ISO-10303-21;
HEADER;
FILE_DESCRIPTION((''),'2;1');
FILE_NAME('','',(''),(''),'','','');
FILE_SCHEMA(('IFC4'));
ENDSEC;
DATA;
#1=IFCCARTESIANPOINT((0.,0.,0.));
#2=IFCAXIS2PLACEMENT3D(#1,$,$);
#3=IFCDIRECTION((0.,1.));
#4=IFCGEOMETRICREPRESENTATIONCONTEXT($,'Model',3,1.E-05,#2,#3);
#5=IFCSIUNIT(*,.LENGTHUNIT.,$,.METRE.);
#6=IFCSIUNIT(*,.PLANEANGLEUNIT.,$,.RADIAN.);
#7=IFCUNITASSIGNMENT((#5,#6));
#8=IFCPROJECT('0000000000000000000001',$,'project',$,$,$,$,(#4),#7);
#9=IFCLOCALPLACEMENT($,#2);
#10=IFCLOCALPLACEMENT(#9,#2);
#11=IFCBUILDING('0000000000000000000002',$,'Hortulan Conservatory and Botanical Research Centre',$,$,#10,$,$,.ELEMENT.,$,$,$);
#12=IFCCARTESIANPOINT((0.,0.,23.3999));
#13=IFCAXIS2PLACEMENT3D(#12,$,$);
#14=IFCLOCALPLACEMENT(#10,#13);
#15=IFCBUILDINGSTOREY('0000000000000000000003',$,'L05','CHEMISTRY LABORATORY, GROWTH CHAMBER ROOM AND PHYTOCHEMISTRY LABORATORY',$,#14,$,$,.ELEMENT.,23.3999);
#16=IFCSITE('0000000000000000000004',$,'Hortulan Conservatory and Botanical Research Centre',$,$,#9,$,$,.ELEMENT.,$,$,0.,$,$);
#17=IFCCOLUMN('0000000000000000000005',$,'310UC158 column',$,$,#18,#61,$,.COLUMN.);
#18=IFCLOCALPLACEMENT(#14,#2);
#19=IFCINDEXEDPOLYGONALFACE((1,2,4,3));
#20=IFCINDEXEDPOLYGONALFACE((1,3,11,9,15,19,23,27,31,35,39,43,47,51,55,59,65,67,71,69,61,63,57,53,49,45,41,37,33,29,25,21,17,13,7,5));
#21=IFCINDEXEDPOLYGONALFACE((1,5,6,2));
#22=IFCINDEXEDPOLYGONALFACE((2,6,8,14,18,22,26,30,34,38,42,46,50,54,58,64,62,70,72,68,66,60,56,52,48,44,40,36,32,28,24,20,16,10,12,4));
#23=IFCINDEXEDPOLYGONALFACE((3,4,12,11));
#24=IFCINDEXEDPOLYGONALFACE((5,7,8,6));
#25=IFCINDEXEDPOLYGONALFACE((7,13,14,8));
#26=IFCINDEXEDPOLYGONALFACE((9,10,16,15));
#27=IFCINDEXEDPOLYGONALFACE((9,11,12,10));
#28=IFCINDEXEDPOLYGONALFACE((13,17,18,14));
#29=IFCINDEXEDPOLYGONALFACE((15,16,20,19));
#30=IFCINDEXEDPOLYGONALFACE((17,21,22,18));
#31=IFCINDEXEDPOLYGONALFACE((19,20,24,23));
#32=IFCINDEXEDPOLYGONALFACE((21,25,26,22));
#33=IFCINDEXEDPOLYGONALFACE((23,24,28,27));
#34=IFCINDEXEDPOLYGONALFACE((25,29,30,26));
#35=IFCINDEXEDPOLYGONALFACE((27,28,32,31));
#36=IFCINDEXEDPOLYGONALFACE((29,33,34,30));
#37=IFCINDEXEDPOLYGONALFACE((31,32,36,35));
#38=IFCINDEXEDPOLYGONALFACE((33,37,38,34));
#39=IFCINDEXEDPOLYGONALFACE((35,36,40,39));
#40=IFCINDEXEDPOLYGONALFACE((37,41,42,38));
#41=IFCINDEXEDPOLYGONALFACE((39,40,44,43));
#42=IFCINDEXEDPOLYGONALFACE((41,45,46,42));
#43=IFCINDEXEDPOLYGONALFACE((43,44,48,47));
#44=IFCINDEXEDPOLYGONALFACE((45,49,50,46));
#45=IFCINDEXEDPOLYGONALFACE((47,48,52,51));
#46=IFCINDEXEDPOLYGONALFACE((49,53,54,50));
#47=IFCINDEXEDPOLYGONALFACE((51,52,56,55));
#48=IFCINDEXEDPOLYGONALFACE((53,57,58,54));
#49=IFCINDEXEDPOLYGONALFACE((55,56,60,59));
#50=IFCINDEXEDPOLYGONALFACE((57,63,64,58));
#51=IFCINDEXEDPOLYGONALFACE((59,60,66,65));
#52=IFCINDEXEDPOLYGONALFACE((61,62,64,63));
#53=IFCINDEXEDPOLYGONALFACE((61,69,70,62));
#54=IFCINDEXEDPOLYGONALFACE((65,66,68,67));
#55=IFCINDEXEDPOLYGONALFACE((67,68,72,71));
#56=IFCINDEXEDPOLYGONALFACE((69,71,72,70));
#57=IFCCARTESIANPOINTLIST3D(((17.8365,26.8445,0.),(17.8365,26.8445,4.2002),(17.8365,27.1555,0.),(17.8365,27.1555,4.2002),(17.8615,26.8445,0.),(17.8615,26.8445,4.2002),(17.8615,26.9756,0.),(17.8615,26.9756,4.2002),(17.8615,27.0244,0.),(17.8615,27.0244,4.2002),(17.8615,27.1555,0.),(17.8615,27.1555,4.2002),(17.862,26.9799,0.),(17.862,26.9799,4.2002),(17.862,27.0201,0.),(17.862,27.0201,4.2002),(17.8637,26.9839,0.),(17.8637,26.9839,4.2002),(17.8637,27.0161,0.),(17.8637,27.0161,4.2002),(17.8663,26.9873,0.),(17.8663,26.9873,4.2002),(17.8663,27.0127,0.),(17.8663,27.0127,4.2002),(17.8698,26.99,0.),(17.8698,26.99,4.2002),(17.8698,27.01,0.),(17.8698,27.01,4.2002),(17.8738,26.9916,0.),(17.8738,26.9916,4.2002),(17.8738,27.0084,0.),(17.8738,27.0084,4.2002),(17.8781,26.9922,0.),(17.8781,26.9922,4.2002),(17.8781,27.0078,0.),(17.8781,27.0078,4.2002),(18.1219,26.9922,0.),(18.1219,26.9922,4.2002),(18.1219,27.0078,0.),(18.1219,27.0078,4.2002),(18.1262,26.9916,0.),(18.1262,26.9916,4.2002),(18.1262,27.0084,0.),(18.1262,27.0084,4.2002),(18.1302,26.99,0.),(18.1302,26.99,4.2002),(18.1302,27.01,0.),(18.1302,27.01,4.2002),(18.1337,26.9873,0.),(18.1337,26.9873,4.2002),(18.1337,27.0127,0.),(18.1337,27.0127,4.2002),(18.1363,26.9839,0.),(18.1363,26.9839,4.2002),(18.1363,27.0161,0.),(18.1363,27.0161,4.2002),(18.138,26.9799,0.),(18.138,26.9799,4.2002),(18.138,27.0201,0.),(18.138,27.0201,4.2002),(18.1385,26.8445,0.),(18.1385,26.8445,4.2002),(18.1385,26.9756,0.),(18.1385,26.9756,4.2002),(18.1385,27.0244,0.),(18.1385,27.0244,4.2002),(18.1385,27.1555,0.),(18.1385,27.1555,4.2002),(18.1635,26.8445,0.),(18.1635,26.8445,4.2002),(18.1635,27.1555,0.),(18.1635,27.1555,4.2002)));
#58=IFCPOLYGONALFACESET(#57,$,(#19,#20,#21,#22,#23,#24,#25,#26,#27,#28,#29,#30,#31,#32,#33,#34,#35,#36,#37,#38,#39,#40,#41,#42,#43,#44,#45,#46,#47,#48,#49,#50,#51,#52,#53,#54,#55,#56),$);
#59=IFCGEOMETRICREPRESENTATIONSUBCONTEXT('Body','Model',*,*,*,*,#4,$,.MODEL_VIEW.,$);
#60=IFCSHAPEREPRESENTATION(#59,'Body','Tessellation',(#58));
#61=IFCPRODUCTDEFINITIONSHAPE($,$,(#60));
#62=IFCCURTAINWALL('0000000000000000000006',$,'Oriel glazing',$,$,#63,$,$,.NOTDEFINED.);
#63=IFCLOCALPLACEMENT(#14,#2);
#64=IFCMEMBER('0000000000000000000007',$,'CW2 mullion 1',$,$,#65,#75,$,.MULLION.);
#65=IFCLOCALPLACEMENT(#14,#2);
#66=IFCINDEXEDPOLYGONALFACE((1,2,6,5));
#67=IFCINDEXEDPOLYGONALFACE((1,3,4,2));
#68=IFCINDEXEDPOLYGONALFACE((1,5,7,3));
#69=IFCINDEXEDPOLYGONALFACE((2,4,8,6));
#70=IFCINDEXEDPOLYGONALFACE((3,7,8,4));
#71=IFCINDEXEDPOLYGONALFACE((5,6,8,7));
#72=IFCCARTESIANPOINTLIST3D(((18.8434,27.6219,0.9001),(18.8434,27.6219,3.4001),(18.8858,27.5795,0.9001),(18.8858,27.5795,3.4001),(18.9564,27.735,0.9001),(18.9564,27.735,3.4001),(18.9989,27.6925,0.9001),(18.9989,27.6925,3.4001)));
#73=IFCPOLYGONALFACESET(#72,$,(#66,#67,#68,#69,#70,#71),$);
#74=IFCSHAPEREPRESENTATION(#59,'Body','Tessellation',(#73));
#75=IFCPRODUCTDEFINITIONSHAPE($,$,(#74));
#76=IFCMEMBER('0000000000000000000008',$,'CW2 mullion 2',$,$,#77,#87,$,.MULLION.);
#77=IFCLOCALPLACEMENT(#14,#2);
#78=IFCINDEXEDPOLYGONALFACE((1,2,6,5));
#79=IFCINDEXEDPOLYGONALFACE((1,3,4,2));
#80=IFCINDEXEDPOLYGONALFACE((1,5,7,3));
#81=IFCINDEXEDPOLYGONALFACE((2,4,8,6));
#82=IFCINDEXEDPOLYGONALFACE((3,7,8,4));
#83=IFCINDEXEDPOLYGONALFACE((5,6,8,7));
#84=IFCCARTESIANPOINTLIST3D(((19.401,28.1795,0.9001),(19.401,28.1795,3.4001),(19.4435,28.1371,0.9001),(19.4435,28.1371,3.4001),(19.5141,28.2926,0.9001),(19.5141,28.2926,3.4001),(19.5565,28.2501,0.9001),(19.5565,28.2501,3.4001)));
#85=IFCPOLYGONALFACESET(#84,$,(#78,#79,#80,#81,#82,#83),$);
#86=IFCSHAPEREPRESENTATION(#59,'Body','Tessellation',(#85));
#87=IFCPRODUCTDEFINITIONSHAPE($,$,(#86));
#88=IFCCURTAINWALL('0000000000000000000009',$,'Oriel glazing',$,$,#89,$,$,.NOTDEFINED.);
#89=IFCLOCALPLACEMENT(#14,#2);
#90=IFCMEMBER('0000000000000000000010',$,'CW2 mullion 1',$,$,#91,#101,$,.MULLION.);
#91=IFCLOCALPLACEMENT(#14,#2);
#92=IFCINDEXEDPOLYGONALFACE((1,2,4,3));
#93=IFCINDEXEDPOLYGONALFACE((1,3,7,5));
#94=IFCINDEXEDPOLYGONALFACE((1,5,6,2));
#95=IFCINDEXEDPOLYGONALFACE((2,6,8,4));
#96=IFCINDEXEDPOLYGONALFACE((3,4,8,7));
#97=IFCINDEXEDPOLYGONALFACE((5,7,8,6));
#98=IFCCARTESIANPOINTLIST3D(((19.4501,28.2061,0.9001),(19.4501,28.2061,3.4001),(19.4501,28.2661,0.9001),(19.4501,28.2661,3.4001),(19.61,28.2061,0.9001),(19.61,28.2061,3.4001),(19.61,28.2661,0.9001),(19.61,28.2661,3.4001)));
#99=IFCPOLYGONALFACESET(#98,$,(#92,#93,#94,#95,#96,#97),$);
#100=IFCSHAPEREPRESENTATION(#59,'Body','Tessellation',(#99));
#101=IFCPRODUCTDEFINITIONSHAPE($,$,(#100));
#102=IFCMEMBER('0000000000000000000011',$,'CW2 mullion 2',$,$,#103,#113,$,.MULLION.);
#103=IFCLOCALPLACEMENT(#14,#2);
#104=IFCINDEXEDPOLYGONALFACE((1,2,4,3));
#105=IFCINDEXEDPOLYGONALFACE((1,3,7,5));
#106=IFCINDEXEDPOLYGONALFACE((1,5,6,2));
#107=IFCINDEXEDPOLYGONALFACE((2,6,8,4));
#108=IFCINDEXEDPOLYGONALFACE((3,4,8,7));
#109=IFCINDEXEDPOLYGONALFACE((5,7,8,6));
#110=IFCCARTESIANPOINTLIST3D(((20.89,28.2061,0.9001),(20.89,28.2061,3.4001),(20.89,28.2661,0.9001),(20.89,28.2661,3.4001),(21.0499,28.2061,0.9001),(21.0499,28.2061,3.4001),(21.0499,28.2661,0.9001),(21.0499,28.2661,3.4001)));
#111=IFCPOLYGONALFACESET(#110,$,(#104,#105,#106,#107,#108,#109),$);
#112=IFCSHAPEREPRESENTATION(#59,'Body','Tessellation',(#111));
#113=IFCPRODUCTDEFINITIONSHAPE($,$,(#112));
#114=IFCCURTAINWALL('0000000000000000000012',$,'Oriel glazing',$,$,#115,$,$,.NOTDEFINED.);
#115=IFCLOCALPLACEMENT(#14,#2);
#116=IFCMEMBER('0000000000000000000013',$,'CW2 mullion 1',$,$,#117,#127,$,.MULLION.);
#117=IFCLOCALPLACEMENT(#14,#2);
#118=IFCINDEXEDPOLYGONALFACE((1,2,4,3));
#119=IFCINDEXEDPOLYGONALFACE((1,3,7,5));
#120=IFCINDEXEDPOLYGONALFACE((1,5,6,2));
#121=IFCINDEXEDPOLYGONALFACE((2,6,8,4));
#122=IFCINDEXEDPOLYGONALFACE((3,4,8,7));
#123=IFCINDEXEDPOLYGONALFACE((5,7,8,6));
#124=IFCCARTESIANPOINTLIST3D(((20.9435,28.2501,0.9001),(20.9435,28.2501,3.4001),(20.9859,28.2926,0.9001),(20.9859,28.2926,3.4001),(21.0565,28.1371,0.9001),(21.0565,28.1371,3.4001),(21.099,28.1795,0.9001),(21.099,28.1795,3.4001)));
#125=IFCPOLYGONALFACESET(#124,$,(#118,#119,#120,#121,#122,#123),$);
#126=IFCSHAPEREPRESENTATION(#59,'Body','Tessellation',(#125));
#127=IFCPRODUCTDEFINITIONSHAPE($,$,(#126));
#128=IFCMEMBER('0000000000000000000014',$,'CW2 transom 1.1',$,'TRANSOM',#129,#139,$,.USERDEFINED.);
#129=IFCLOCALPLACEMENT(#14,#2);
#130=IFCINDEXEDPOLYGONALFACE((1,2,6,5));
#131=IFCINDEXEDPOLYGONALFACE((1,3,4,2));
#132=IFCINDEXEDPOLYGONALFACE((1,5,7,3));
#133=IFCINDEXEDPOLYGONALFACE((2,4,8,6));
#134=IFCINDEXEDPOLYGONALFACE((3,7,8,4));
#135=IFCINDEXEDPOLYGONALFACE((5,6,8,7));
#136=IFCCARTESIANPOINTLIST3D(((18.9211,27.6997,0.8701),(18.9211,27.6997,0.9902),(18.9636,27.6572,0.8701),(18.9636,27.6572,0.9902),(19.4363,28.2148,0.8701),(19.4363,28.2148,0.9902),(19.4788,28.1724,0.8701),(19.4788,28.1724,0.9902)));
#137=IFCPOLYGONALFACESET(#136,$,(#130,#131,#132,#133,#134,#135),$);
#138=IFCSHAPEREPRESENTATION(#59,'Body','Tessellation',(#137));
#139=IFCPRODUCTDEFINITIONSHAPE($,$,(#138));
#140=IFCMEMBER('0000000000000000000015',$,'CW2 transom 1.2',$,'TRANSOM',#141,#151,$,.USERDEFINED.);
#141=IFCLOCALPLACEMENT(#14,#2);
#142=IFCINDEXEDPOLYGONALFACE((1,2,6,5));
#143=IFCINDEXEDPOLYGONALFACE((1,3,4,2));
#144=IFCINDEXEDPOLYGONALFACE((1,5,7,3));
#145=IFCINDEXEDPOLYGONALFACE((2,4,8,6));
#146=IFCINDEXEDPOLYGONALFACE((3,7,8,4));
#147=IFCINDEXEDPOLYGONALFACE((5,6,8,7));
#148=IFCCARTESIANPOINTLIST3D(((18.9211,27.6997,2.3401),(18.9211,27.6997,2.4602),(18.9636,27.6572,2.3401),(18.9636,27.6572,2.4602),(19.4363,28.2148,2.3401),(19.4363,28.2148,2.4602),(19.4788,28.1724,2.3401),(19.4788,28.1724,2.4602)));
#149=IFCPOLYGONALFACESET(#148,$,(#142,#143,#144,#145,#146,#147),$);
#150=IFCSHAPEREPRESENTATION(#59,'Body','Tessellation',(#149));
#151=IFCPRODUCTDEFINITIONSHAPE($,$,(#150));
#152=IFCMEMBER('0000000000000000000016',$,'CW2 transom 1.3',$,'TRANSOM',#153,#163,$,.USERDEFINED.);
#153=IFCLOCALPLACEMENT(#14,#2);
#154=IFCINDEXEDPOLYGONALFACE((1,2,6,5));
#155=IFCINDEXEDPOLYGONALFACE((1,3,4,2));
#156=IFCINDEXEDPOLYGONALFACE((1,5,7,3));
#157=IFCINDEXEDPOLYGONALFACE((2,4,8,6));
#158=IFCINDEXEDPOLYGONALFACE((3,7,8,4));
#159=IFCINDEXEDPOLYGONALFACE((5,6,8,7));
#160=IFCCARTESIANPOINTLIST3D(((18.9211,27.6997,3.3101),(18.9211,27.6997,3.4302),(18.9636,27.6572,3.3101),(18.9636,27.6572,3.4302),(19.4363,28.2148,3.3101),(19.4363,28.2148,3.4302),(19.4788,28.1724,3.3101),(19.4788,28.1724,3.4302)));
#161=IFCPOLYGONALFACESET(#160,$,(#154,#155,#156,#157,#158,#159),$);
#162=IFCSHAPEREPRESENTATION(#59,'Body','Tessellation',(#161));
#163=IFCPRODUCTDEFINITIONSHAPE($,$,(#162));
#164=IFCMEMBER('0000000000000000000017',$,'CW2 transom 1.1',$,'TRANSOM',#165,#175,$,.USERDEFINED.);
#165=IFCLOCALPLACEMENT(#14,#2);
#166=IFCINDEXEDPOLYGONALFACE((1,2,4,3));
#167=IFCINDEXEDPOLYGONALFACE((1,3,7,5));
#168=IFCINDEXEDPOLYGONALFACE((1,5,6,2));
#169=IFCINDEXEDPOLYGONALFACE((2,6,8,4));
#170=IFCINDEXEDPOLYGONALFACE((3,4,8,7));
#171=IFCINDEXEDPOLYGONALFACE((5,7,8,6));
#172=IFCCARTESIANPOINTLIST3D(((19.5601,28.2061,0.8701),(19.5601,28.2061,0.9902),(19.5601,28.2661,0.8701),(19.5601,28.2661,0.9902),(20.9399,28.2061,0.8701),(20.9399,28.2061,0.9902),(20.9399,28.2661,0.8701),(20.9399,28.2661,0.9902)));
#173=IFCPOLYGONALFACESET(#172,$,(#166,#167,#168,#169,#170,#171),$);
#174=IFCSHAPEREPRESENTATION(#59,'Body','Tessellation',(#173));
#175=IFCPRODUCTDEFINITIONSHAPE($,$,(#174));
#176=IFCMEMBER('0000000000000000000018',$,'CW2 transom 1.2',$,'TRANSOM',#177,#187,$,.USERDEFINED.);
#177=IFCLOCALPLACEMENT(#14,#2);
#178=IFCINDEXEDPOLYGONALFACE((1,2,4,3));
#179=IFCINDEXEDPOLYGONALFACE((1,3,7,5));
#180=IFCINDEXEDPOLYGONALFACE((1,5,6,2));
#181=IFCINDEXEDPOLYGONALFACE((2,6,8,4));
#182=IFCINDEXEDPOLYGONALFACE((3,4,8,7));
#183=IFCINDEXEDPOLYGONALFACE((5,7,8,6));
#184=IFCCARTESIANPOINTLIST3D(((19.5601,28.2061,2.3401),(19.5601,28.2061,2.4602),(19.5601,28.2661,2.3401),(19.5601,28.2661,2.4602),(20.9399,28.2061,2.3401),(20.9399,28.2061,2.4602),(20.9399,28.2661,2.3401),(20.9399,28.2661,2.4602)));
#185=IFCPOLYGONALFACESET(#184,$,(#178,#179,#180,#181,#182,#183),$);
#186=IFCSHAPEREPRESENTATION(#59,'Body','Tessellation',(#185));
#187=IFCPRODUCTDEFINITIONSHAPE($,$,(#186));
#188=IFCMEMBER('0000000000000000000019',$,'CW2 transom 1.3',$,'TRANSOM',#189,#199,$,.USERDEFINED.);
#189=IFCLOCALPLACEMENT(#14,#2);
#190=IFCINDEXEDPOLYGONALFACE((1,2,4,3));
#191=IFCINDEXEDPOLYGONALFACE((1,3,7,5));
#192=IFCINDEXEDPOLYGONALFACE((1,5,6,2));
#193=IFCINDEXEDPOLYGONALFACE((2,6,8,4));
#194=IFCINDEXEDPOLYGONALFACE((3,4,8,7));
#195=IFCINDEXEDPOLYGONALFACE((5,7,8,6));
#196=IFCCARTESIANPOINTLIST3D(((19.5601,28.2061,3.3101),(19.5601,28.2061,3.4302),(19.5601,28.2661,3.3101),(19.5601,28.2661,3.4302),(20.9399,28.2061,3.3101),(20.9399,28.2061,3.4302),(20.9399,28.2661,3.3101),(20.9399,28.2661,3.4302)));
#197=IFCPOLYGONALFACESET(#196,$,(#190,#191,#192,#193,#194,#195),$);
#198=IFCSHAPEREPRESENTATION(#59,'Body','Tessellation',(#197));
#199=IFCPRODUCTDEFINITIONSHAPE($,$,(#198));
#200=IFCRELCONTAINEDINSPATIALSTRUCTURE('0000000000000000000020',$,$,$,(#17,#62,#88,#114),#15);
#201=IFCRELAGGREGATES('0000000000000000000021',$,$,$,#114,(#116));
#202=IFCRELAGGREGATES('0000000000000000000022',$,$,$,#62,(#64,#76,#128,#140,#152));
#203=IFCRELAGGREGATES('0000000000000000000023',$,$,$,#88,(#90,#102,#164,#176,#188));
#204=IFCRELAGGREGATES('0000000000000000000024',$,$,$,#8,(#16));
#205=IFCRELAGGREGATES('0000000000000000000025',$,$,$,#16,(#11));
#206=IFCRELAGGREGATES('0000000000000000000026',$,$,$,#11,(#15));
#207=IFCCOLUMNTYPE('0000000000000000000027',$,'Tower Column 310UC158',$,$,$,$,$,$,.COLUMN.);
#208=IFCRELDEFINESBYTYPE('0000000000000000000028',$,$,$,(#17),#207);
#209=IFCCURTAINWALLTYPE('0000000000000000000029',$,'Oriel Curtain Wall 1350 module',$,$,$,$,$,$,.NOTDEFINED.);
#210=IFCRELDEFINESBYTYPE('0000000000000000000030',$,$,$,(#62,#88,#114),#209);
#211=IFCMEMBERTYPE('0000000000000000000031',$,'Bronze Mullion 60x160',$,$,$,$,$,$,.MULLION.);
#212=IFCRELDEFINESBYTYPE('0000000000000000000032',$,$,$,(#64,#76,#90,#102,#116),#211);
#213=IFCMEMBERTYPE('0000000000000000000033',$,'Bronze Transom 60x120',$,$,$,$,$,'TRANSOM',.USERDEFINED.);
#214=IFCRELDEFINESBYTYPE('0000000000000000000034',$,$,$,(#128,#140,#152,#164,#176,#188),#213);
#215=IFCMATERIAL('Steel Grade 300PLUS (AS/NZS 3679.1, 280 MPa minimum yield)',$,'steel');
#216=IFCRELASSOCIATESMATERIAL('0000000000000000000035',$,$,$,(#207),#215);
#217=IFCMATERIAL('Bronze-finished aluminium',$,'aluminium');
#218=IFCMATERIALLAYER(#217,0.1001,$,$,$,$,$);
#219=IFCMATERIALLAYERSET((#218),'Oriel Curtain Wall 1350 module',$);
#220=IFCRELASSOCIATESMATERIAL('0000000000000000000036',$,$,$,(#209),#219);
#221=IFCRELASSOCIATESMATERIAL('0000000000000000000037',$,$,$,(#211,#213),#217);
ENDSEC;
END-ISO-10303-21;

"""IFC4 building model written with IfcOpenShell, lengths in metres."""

from ifc_helpers import new_model, si_unit, direction, frame, origin, origin_2d, place, context, subcontext, project, spatial, rectangle, i_section, extrude, material, layer, layer_set, material_profile, profile_set, type_object, element, aggregate, save


model = new_model("IFC4")

# Units and contexts
model_context = context("Model", 3, precision=1e-05, world=origin(), true_north=direction((0.0, 1.0)))
body_context = subcontext(model_context, "Body", "Model", "MODEL_VIEW")
ifc_project = project(units=[si_unit("LENGTHUNIT", "METRE"), si_unit("PLANEANGLEUNIT", "RADIAN")], contexts=[model_context])

# Site, building, storey
site_placement = place(None, origin())
site = spatial("IfcSite", under=ifc_project, at=site_placement, Name="Hortulan Conservatory and Botanical Research Centre", CompositionType="ELEMENT", RefElevation=0.0)
building_placement = place(site_placement, origin())
building = spatial("IfcBuilding", under=site, at=building_placement, Name="Hortulan Conservatory and Botanical Research Centre", CompositionType="ELEMENT")
storey_placement = place(building_placement, frame((0.0, 0.0, 23.3999)))
storey = spatial("IfcBuildingStorey", under=building, at=storey_placement, Name="L05", Description="CHEMISTRY LABORATORY, GROWTH CHAMBER ROOM AND PHYTOCHEMISTRY LABORATORY", CompositionType="ELEMENT", Elevation=23.3999)

# Column
ifc_material_1 = material(Name="Steel Grade 300PLUS (AS/NZS 3679.1, 280 MPa minimum yield)", Category="steel")
ifc_material_profile_1 = material_profile(ifc_material_1, i_section(OverallWidth=0.311, OverallDepth=0.3269, WebThickness=0.0156, FlangeThickness=0.0249, FilletRadius=0.0166, at=origin_2d()), Name="310UC158")
ifc_profile_set_1 = profile_set([ifc_material_profile_1], Name="Steel Grade 300PLUS (AS/NZS 3679.1, 280 MPa minimum yield)")
column_type = type_object("IfcColumnType", Name="Tower Column 310UC158", PredefinedType="COLUMN", material=ifc_profile_set_1)
column_placement = place(storey_placement, frame((18.0, 27.0, 0.0), z_axis=(0.0, 0.0, 1.0), x_axis=(0.0, 1.0, 0.0)))
element("IfcColumn", 1, at=column_placement, inside=storey, type_object=column_type, Name="310UC158 column", PredefinedType="COLUMN", context=body_context, shape_type="SweptSolid", body=[
    extrude(i_section(OverallWidth=0.311, OverallDepth=0.3269, WebThickness=0.0156, FlangeThickness=0.0249, FilletRadius=0.0166, at=origin_2d()), origin(), (0.0, 0.0, 1.0), 4.2002),
])

# Curtain walls, members
ifc_material_2 = material(Name="Bronze-finished aluminium", Category="aluminium")
ifc_layer_1 = layer(ifc_material_2, 0.1001)
ifc_layer_set_1 = layer_set([ifc_layer_1], Name="Oriel Curtain Wall 1350 module")
curtain_wall_type = type_object("IfcCurtainWallType", Name="Oriel Curtain Wall 1350 module", PredefinedType="NOTDEFINED", material=ifc_layer_set_1)
curtain_wall_1_placement = place(storey_placement, origin())
curtain_wall_1 = element("IfcCurtainWall", 2, at=curtain_wall_1_placement, inside=storey, type_object=curtain_wall_type, Name="Oriel glazing", PredefinedType="NOTDEFINED")
ifc_material_profile_2 = material_profile(ifc_material_2, rectangle(XDim=0.0601, YDim=0.1599, at=origin_2d()), Name="Bronze Mullion 60x160")
ifc_profile_set_2 = profile_set([ifc_material_profile_2], Name="Bronze-finished aluminium")
member_type_1 = type_object("IfcMemberType", Name="Bronze Mullion 60x160", PredefinedType="MULLION", material=ifc_profile_set_2)
member_1_placement = place(storey_placement, frame((18.9211, 27.6572, 0.9001), z_axis=(0.0, 0.0, 1.0), x_axis=(-0.707107, 0.707107, 0.0)))
member_1 = element("IfcMember", 3, at=member_1_placement, type_object=member_type_1, Name="CW2 mullion 1", PredefinedType="MULLION", context=body_context, shape_type="SweptSolid", body=[
    extrude(rectangle(XDim=0.0601, YDim=0.1599, at=origin_2d()), origin(), (0.0, 0.0, 1.0), 2.5),
])
member_2_placement = place(storey_placement, frame((19.4788, 28.2148, 0.9001), z_axis=(0.0, 0.0, 1.0), x_axis=(-0.707107, 0.707107, 0.0)))
member_2 = element("IfcMember", 4, at=member_2_placement, type_object=member_type_1, Name="CW2 mullion 2", PredefinedType="MULLION", context=body_context, shape_type="SweptSolid", body=[
    extrude(rectangle(XDim=0.0601, YDim=0.1599, at=origin_2d()), origin(), (0.0, 0.0, 1.0), 2.5),
])
curtain_wall_2_placement = place(storey_placement, origin())
curtain_wall_2 = element("IfcCurtainWall", 5, at=curtain_wall_2_placement, inside=storey, type_object=curtain_wall_type, Name="Oriel glazing", PredefinedType="NOTDEFINED")
member_3_placement = place(storey_placement, frame((19.53, 28.2361, 0.9001), z_axis=(0.0, 0.0, 1.0), x_axis=(0.0, 1.0, 0.0)))
member_3 = element("IfcMember", 6, at=member_3_placement, type_object=member_type_1, Name="CW2 mullion 1", PredefinedType="MULLION", context=body_context, shape_type="SweptSolid", body=[
    extrude(rectangle(XDim=0.0601, YDim=0.1599, at=origin_2d()), origin(), (0.0, 0.0, 1.0), 2.5),
])
member_4_placement = place(storey_placement, frame((20.97, 28.2361, 0.9001), z_axis=(0.0, 0.0, 1.0), x_axis=(0.0, 1.0, 0.0)))
member_4 = element("IfcMember", 7, at=member_4_placement, type_object=member_type_1, Name="CW2 mullion 2", PredefinedType="MULLION", context=body_context, shape_type="SweptSolid", body=[
    extrude(rectangle(XDim=0.0601, YDim=0.1599, at=origin_2d()), origin(), (0.0, 0.0, 1.0), 2.5),
])

# Curtain wall, member
curtain_wall_3_placement = place(storey_placement, origin())
curtain_wall_3 = element("IfcCurtainWall", 8, at=curtain_wall_3_placement, inside=storey, type_object=curtain_wall_type, Name="Oriel glazing", PredefinedType="NOTDEFINED")
member_5_placement = place(storey_placement, frame((21.0212, 28.2148, 0.9001), z_axis=(0.0, 0.0, 1.0), x_axis=(0.707107, 0.707107, 0.0)))
member_5 = element("IfcMember", 9, at=member_5_placement, type_object=member_type_1, Name="CW2 mullion 1", PredefinedType="MULLION", context=body_context, shape_type="SweptSolid", body=[
    extrude(rectangle(XDim=0.0601, YDim=0.1599, at=origin_2d()), origin(), (0.0, 0.0, 1.0), 2.5),
])

# Members
ifc_material_profile_3 = material_profile(ifc_material_2, rectangle(XDim=0.0601, YDim=0.1201, at=origin_2d()), Name="Bronze Transom 60x120")
ifc_profile_set_3 = profile_set([ifc_material_profile_3], Name="Bronze-finished aluminium")
member_type_2 = type_object("IfcMemberType", Name="Bronze Transom 60x120", ElementType="TRANSOM", PredefinedType="USERDEFINED", material=ifc_profile_set_3)
member_6_placement = place(storey_placement, frame((18.9424, 27.6785, 0.9302), z_axis=(0.707107, 0.707107, 0.0), x_axis=(-0.707107, 0.707107, 0.0)))
member_6 = element("IfcMember", 10, at=member_6_placement, type_object=member_type_2, Name="CW2 transom 1.1", ObjectType="TRANSOM", PredefinedType="USERDEFINED", context=body_context, shape_type="SweptSolid", body=[
    extrude(rectangle(XDim=0.0601, YDim=0.1201, at=origin_2d()), origin(), (0.0, 0.0, 1.0), 0.7285),
])
member_7_placement = place(storey_placement, frame((18.9424, 27.6785, 2.4001), z_axis=(0.707107, 0.707107, 0.0), x_axis=(-0.707107, 0.707107, 0.0)))
member_7 = element("IfcMember", 11, at=member_7_placement, type_object=member_type_2, Name="CW2 transom 1.2", ObjectType="TRANSOM", PredefinedType="USERDEFINED", context=body_context, shape_type="SweptSolid", body=[
    extrude(rectangle(XDim=0.0601, YDim=0.1201, at=origin_2d()), origin(), (0.0, 0.0, 1.0), 0.7285),
])
member_8_placement = place(storey_placement, frame((18.9424, 27.6785, 3.3701), z_axis=(0.707107, 0.707107, 0.0), x_axis=(-0.707107, 0.707107, 0.0)))
member_8 = element("IfcMember", 12, at=member_8_placement, type_object=member_type_2, Name="CW2 transom 1.3", ObjectType="TRANSOM", PredefinedType="USERDEFINED", context=body_context, shape_type="SweptSolid", body=[
    extrude(rectangle(XDim=0.0601, YDim=0.1201, at=origin_2d()), origin(), (0.0, 0.0, 1.0), 0.7285),
])
member_9_placement = place(storey_placement, frame((19.5601, 28.2361, 0.9302), z_axis=(1.0, 0.0, 0.0), x_axis=(0.0, 1.0, 0.0)))
member_9 = element("IfcMember", 13, at=member_9_placement, type_object=member_type_2, Name="CW2 transom 1.1", ObjectType="TRANSOM", PredefinedType="USERDEFINED", context=body_context, shape_type="SweptSolid", body=[
    extrude(rectangle(XDim=0.0601, YDim=0.1201, at=origin_2d()), origin(), (0.0, 0.0, 1.0), 1.3799),
])
member_10_placement = place(storey_placement, frame((19.5601, 28.2361, 2.4001), z_axis=(1.0, 0.0, 0.0), x_axis=(0.0, 1.0, 0.0)))
member_10 = element("IfcMember", 14, at=member_10_placement, type_object=member_type_2, Name="CW2 transom 1.2", ObjectType="TRANSOM", PredefinedType="USERDEFINED", context=body_context, shape_type="SweptSolid", body=[
    extrude(rectangle(XDim=0.0601, YDim=0.1201, at=origin_2d()), origin(), (0.0, 0.0, 1.0), 1.3799),
])
member_11_placement = place(storey_placement, frame((19.5601, 28.2361, 3.3701), z_axis=(1.0, 0.0, 0.0), x_axis=(0.0, 1.0, 0.0)))
member_11 = element("IfcMember", 15, at=member_11_placement, type_object=member_type_2, Name="CW2 transom 1.3", ObjectType="TRANSOM", PredefinedType="USERDEFINED", context=body_context, shape_type="SweptSolid", body=[
    extrude(rectangle(XDim=0.0601, YDim=0.1201, at=origin_2d()), origin(), (0.0, 0.0, 1.0), 1.3799),
])
aggregate(curtain_wall_3, [member_5])

aggregate(curtain_wall_1, [member_1, member_2, member_6, member_7, member_8])
aggregate(curtain_wall_2, [member_3, member_4, member_9, member_10, member_11])

save(model, "model.ifc")
